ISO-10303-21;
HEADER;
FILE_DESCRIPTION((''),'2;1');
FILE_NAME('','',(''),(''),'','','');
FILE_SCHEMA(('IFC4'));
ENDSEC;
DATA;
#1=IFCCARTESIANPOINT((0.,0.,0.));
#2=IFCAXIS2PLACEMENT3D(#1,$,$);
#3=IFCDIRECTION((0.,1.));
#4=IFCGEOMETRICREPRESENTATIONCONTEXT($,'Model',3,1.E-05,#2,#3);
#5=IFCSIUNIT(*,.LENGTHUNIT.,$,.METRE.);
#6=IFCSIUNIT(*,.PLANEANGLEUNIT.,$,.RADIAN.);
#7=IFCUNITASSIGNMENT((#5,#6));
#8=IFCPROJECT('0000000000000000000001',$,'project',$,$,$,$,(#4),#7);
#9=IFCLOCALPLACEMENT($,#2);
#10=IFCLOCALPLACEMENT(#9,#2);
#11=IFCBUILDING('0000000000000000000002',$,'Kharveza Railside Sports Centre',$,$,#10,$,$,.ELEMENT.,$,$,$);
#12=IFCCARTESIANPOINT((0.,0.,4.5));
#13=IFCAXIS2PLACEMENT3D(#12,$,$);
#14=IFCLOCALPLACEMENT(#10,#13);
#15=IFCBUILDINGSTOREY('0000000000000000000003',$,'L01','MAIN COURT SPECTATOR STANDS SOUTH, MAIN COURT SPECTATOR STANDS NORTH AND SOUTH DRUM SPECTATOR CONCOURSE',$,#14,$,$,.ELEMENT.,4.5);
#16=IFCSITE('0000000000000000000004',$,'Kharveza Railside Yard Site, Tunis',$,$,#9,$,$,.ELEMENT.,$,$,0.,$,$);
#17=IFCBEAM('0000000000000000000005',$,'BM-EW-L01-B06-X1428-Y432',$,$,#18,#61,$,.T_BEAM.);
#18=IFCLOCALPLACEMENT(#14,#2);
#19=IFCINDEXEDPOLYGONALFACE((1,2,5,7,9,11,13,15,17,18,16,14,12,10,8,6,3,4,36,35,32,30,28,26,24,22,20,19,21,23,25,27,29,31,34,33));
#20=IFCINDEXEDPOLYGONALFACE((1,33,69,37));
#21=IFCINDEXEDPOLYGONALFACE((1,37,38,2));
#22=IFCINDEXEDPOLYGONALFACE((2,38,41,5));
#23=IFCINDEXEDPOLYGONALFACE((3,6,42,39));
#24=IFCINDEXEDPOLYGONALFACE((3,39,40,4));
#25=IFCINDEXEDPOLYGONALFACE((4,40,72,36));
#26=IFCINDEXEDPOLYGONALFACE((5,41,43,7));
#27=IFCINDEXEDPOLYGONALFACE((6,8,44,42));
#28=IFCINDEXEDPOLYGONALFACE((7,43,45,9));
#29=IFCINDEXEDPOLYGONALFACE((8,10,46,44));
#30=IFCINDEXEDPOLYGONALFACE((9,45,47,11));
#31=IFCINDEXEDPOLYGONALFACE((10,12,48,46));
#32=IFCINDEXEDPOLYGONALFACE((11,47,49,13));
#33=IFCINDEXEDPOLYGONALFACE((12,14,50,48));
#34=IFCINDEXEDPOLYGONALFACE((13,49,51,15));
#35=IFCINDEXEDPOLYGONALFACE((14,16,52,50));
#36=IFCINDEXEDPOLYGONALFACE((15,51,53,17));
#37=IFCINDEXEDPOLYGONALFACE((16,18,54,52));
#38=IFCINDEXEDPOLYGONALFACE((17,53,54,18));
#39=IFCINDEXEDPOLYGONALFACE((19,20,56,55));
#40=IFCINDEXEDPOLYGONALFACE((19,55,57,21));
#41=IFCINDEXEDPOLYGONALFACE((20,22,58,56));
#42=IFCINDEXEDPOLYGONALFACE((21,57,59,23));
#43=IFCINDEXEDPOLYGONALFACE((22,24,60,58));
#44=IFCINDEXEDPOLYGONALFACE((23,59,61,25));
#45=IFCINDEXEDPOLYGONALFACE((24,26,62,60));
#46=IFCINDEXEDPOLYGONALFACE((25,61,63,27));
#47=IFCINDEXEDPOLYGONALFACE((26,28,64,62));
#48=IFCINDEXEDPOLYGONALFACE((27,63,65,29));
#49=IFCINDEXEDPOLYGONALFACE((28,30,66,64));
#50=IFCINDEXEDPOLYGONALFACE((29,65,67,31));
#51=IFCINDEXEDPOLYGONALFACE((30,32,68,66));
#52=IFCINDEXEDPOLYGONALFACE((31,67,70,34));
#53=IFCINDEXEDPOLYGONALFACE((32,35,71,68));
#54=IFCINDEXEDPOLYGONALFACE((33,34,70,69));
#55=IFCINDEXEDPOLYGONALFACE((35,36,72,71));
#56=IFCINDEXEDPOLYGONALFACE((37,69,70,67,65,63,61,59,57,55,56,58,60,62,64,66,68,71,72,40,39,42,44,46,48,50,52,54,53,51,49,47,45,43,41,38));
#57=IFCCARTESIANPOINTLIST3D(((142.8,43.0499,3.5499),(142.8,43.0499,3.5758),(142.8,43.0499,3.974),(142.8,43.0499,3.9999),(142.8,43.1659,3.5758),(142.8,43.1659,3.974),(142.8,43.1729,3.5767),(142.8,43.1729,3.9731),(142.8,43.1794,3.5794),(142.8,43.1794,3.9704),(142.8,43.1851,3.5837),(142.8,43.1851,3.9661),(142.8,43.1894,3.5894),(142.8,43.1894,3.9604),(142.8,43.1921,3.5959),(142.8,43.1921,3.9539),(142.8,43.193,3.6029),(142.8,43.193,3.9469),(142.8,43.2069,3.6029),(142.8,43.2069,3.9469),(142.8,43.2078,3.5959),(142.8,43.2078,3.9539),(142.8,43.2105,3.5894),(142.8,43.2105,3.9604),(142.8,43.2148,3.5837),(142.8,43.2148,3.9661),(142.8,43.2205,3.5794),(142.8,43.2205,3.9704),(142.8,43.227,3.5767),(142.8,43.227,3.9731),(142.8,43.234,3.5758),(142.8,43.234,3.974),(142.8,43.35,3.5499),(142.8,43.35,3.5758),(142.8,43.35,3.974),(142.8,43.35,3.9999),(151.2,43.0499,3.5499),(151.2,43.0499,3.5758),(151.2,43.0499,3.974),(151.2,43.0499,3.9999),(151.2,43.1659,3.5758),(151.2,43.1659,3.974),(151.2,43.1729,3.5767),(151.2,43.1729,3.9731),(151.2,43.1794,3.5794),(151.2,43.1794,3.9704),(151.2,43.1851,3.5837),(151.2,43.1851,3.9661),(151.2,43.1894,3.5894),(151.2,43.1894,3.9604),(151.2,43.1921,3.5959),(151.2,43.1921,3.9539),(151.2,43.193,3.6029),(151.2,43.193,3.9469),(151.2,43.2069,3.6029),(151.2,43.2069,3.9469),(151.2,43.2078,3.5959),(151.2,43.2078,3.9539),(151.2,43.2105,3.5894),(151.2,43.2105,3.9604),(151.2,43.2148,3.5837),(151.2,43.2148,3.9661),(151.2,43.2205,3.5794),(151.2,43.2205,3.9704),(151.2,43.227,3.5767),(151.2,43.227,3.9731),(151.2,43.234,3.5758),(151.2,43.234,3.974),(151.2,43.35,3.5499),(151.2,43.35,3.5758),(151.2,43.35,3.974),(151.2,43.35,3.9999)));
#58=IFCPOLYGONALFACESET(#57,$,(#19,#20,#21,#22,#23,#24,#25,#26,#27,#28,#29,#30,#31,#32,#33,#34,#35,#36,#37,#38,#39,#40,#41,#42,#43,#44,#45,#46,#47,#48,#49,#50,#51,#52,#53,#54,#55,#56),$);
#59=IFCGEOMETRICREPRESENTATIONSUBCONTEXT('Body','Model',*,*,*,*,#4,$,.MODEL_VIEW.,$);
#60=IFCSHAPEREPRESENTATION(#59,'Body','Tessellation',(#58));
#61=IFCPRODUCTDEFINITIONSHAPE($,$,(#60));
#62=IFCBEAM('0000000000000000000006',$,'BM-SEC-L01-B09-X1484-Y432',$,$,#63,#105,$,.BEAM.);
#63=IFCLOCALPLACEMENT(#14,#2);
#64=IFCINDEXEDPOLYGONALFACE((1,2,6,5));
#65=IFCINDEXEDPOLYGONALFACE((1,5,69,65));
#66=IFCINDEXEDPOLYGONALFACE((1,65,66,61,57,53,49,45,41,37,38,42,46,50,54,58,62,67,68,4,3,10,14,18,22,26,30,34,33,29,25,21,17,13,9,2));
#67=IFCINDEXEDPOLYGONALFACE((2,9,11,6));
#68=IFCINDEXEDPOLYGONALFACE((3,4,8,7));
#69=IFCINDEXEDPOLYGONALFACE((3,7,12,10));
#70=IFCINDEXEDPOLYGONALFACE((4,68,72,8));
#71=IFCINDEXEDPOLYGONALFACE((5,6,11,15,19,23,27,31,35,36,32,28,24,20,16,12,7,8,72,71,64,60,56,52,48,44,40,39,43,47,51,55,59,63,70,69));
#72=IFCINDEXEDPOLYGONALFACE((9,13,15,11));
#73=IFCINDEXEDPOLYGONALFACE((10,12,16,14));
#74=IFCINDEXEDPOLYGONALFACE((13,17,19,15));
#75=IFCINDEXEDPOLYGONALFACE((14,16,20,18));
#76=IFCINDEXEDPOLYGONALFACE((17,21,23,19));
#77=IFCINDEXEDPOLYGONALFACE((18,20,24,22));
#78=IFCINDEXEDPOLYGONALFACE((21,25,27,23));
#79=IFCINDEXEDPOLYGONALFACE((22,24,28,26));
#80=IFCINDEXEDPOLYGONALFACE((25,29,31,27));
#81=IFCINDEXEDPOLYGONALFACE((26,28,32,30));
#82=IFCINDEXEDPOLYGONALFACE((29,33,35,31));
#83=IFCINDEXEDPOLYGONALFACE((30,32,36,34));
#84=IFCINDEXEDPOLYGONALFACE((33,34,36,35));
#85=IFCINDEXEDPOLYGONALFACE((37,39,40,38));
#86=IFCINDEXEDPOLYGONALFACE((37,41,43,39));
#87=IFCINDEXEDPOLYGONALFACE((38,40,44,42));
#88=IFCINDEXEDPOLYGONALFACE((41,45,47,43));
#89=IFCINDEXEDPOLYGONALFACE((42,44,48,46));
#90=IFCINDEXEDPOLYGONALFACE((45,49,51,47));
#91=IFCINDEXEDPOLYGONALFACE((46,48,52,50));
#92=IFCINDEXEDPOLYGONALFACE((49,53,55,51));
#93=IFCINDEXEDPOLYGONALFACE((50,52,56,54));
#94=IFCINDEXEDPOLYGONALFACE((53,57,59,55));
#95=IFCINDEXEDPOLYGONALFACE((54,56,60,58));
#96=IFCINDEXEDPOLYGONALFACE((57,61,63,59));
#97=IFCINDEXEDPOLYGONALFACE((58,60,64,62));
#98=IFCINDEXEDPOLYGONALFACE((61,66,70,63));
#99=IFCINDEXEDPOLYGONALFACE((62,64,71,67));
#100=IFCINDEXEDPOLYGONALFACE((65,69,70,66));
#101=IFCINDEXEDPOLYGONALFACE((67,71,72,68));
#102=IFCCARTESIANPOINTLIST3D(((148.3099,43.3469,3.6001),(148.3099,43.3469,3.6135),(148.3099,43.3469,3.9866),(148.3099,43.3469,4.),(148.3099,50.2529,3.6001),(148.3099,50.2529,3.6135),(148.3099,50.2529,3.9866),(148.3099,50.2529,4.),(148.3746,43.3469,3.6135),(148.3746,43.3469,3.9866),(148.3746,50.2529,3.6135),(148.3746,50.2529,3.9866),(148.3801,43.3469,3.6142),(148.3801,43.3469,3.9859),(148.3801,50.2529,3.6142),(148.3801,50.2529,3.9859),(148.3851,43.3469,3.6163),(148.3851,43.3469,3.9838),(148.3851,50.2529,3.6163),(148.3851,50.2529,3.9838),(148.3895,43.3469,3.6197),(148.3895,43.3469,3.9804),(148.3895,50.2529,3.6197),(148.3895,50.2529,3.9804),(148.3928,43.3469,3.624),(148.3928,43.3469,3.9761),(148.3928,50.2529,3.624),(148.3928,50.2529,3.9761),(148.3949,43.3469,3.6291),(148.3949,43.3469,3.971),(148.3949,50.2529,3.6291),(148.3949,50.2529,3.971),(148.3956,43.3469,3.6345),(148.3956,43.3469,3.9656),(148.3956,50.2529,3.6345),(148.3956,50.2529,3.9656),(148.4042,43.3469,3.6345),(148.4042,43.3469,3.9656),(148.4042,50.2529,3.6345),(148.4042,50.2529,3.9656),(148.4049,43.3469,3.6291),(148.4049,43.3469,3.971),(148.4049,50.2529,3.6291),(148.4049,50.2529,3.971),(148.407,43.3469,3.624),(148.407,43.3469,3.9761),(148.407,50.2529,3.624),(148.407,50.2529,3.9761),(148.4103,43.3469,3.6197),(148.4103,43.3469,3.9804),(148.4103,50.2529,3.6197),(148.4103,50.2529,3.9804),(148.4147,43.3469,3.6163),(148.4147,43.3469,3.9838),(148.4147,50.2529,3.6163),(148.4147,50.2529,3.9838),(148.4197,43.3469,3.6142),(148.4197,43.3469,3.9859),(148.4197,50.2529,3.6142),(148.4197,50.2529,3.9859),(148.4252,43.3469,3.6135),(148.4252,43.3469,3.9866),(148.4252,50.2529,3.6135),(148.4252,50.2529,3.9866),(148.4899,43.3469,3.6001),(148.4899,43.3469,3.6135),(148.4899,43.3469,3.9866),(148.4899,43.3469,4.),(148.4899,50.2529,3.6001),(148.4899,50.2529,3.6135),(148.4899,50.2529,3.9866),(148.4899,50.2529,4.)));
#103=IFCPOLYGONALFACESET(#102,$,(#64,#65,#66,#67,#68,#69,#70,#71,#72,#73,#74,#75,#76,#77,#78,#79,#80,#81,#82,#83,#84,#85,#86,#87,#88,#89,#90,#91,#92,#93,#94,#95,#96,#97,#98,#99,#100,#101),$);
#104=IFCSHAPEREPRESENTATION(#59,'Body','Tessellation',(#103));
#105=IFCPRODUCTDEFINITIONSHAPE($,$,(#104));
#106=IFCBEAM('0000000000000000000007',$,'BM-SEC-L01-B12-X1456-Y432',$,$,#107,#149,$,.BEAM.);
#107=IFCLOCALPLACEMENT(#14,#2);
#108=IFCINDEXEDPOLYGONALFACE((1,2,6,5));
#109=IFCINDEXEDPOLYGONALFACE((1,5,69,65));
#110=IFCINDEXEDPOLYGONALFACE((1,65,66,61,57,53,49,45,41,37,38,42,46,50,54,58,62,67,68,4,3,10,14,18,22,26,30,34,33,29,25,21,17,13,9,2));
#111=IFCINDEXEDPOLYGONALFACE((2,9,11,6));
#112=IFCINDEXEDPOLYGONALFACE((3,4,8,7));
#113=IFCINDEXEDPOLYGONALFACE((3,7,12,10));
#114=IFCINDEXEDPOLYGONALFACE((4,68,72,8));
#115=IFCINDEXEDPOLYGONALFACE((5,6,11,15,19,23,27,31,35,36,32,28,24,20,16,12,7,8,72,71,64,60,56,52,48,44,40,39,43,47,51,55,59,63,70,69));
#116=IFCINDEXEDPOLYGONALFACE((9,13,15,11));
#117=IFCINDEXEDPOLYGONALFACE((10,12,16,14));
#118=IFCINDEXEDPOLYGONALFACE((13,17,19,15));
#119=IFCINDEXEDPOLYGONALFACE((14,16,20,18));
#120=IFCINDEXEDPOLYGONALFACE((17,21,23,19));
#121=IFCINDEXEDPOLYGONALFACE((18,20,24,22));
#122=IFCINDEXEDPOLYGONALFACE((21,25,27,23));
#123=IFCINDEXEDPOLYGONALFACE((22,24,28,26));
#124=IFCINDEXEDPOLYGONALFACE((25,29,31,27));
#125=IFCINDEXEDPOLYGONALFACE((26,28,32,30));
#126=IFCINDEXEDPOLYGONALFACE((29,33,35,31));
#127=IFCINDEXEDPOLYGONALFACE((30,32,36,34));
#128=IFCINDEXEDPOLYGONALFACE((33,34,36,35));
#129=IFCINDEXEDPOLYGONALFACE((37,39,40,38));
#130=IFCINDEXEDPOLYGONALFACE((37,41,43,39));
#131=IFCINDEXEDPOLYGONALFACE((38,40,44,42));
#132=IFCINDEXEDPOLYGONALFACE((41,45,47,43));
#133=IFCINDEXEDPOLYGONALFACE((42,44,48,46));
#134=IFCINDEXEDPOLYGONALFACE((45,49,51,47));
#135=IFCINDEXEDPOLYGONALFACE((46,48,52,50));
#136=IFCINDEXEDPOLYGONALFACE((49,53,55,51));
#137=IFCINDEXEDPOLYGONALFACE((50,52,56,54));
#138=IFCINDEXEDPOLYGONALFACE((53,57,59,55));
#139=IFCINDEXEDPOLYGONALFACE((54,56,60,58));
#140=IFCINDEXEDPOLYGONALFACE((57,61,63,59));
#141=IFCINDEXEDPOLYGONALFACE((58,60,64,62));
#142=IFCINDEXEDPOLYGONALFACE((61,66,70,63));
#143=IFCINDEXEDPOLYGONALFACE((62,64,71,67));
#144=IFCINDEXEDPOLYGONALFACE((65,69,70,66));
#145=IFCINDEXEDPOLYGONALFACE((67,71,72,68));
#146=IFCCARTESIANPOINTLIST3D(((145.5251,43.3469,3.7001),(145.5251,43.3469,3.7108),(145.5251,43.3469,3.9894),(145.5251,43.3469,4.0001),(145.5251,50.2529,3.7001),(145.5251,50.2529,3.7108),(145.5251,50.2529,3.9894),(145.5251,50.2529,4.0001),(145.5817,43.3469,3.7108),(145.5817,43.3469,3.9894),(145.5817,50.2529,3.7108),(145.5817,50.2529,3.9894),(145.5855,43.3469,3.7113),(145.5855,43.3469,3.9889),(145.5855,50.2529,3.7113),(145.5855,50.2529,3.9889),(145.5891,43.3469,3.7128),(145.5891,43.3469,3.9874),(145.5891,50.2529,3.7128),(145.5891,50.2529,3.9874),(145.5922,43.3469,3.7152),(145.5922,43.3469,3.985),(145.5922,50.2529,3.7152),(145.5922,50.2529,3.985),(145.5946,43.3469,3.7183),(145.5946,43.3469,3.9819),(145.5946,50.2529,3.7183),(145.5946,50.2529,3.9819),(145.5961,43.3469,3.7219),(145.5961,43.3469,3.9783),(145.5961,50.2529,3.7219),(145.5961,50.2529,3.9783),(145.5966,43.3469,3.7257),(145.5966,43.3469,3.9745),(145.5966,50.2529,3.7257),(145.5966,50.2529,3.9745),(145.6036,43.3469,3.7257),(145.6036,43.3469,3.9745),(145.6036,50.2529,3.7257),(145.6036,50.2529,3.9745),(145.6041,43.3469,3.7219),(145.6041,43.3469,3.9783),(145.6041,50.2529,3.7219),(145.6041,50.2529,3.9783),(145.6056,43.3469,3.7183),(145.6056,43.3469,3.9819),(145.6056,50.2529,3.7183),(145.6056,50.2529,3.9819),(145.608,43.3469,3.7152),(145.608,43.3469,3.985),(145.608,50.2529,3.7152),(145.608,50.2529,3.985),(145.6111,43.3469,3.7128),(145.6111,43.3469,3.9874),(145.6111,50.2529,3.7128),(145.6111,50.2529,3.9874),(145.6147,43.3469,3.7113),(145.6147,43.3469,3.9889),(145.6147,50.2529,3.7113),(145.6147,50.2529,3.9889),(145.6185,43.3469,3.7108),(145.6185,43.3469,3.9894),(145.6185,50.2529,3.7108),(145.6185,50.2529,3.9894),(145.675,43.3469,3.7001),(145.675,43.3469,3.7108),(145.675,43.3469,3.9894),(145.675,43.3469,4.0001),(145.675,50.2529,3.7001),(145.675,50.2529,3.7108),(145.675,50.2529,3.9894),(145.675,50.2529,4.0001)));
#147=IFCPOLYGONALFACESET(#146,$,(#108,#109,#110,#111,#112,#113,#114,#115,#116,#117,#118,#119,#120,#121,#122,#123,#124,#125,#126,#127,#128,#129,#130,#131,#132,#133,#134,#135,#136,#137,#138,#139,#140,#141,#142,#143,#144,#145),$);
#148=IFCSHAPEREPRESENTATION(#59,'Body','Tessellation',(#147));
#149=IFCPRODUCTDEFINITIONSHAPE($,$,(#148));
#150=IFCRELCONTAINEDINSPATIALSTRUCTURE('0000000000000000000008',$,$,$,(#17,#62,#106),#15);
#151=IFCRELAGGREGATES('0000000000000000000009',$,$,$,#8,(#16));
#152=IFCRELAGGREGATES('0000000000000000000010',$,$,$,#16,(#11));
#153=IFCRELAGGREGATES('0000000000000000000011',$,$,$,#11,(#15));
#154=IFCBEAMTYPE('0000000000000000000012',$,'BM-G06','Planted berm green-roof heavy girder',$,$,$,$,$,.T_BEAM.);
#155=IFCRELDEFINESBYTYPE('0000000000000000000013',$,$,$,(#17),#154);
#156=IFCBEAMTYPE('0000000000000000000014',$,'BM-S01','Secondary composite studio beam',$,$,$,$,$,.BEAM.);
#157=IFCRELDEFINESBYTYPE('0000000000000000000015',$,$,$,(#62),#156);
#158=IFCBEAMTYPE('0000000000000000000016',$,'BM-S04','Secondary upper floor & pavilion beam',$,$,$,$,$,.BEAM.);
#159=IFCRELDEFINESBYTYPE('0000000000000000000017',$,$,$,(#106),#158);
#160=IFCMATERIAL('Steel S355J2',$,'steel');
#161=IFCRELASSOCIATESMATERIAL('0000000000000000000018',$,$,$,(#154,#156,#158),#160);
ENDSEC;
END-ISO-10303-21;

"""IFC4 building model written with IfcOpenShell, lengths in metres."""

from ifc_helpers import new_model, si_unit, direction, frame, origin, origin_2d, place, context, subcontext, project, spatial, i_section, extrude, material, material_profile, profile_set, type_object, element, save


model = new_model("IFC4")

# Units and contexts
model_context = context("Model", 3, precision=1e-05, world=origin(), true_north=direction((0.0, 1.0)))
body_context = subcontext(model_context, "Body", "Model", "MODEL_VIEW")
ifc_project = project(units=[si_unit("LENGTHUNIT", "METRE"), si_unit("PLANEANGLEUNIT", "RADIAN")], contexts=[model_context])

# Site, building, storey
site_placement = place(None, origin())
site = spatial("IfcSite", under=ifc_project, at=site_placement, Name="Kharveza Railside Yard Site, Tunis", CompositionType="ELEMENT", RefElevation=0.0)
building_placement = place(site_placement, origin())
building = spatial("IfcBuilding", under=site, at=building_placement, Name="Kharveza Railside Sports Centre", CompositionType="ELEMENT")
storey_placement = place(building_placement, frame((0.0, 0.0, 4.5)))
storey = spatial("IfcBuildingStorey", under=building, at=storey_placement, Name="L01", Description="MAIN COURT SPECTATOR STANDS SOUTH, MAIN COURT SPECTATOR STANDS NORTH AND SOUTH DRUM SPECTATOR CONCOURSE", CompositionType="ELEMENT", Elevation=4.5)

# Shared definitions
ifc_material_1 = material(Name="Steel S355J2", Category="steel")

# Beams
ifc_material_profile_1 = material_profile(ifc_material_1, i_section(OverallWidth=0.3, OverallDepth=0.45, WebThickness=0.0139, FlangeThickness=0.0259, FilletRadius=0.0271, at=origin_2d()), Name="HEB 450")
ifc_profile_set_1 = profile_set([ifc_material_profile_1], Name="Steel S355J2")
beam_type_1 = type_object("IfcBeamType", Name="BM-G06", Description="Planted berm green-roof heavy girder", PredefinedType="T_BEAM", material=ifc_profile_set_1)
beam_1_placement = place(storey_placement, frame((142.8, 43.2, 3.7749), z_axis=(1.0, 0.0, 0.0), x_axis=(0.0, 1.0, 0.0)))
element("IfcBeam", 1, at=beam_1_placement, inside=storey, type_object=beam_type_1, Name="BM-EW-L01-B06-X1428-Y432", PredefinedType="T_BEAM", context=body_context, shape_type="SweptSolid", body=[
    extrude(i_section(OverallWidth=0.3, OverallDepth=0.45, WebThickness=0.0139, FlangeThickness=0.0259, FilletRadius=0.0271, at=origin_2d()), origin(), (0.0, 0.0, 1.0), 8.3999),
])
ifc_material_profile_2 = material_profile(ifc_material_1, i_section(OverallWidth=0.1799, OverallDepth=0.3999, WebThickness=0.0085, FlangeThickness=0.0134, FilletRadius=0.021, at=origin_2d()), Name="IPE 400")
ifc_profile_set_2 = profile_set([ifc_material_profile_2], Name="Steel S355J2")
beam_type_2 = type_object("IfcBeamType", Name="BM-S01", Description="Secondary composite studio beam", PredefinedType="BEAM", material=ifc_profile_set_2)
beam_2_placement = place(storey_placement, frame((148.3999, 43.3469, 3.8), z_axis=(0.0, 1.0, 0.0), x_axis=(-1.0, 0.0, 0.0)))
element("IfcBeam", 2, at=beam_2_placement, inside=storey, type_object=beam_type_2, Name="BM-SEC-L01-B09-X1484-Y432", PredefinedType="BEAM", context=body_context, shape_type="SweptSolid", body=[
    extrude(i_section(OverallWidth=0.1799, OverallDepth=0.3999, WebThickness=0.0085, FlangeThickness=0.0134, FilletRadius=0.021, at=origin_2d()), origin(), (0.0, 0.0, 1.0), 6.906),
])
ifc_material_profile_3 = material_profile(ifc_material_1, i_section(OverallWidth=0.1499, OverallDepth=0.3, WebThickness=0.0071, FlangeThickness=0.0107, FilletRadius=0.0149, at=origin_2d()), Name="IPE 300")
ifc_profile_set_3 = profile_set([ifc_material_profile_3], Name="Steel S355J2")
beam_type_3 = type_object("IfcBeamType", Name="BM-S04", Description="Secondary upper floor & pavilion beam", PredefinedType="BEAM", material=ifc_profile_set_3)
beam_3_placement = place(storey_placement, frame((145.6001, 43.3469, 3.8501), z_axis=(0.0, 1.0, 0.0), x_axis=(-1.0, 0.0, 0.0)))
element("IfcBeam", 3, at=beam_3_placement, inside=storey, type_object=beam_type_3, Name="BM-SEC-L01-B12-X1456-Y432", PredefinedType="BEAM", context=body_context, shape_type="SweptSolid", body=[
    extrude(i_section(OverallWidth=0.1499, OverallDepth=0.3, WebThickness=0.0071, FlangeThickness=0.0107, FilletRadius=0.0149, at=origin_2d()), origin(), (0.0, 0.0, 1.0), 6.906),
])

save(model, "model.ifc")
